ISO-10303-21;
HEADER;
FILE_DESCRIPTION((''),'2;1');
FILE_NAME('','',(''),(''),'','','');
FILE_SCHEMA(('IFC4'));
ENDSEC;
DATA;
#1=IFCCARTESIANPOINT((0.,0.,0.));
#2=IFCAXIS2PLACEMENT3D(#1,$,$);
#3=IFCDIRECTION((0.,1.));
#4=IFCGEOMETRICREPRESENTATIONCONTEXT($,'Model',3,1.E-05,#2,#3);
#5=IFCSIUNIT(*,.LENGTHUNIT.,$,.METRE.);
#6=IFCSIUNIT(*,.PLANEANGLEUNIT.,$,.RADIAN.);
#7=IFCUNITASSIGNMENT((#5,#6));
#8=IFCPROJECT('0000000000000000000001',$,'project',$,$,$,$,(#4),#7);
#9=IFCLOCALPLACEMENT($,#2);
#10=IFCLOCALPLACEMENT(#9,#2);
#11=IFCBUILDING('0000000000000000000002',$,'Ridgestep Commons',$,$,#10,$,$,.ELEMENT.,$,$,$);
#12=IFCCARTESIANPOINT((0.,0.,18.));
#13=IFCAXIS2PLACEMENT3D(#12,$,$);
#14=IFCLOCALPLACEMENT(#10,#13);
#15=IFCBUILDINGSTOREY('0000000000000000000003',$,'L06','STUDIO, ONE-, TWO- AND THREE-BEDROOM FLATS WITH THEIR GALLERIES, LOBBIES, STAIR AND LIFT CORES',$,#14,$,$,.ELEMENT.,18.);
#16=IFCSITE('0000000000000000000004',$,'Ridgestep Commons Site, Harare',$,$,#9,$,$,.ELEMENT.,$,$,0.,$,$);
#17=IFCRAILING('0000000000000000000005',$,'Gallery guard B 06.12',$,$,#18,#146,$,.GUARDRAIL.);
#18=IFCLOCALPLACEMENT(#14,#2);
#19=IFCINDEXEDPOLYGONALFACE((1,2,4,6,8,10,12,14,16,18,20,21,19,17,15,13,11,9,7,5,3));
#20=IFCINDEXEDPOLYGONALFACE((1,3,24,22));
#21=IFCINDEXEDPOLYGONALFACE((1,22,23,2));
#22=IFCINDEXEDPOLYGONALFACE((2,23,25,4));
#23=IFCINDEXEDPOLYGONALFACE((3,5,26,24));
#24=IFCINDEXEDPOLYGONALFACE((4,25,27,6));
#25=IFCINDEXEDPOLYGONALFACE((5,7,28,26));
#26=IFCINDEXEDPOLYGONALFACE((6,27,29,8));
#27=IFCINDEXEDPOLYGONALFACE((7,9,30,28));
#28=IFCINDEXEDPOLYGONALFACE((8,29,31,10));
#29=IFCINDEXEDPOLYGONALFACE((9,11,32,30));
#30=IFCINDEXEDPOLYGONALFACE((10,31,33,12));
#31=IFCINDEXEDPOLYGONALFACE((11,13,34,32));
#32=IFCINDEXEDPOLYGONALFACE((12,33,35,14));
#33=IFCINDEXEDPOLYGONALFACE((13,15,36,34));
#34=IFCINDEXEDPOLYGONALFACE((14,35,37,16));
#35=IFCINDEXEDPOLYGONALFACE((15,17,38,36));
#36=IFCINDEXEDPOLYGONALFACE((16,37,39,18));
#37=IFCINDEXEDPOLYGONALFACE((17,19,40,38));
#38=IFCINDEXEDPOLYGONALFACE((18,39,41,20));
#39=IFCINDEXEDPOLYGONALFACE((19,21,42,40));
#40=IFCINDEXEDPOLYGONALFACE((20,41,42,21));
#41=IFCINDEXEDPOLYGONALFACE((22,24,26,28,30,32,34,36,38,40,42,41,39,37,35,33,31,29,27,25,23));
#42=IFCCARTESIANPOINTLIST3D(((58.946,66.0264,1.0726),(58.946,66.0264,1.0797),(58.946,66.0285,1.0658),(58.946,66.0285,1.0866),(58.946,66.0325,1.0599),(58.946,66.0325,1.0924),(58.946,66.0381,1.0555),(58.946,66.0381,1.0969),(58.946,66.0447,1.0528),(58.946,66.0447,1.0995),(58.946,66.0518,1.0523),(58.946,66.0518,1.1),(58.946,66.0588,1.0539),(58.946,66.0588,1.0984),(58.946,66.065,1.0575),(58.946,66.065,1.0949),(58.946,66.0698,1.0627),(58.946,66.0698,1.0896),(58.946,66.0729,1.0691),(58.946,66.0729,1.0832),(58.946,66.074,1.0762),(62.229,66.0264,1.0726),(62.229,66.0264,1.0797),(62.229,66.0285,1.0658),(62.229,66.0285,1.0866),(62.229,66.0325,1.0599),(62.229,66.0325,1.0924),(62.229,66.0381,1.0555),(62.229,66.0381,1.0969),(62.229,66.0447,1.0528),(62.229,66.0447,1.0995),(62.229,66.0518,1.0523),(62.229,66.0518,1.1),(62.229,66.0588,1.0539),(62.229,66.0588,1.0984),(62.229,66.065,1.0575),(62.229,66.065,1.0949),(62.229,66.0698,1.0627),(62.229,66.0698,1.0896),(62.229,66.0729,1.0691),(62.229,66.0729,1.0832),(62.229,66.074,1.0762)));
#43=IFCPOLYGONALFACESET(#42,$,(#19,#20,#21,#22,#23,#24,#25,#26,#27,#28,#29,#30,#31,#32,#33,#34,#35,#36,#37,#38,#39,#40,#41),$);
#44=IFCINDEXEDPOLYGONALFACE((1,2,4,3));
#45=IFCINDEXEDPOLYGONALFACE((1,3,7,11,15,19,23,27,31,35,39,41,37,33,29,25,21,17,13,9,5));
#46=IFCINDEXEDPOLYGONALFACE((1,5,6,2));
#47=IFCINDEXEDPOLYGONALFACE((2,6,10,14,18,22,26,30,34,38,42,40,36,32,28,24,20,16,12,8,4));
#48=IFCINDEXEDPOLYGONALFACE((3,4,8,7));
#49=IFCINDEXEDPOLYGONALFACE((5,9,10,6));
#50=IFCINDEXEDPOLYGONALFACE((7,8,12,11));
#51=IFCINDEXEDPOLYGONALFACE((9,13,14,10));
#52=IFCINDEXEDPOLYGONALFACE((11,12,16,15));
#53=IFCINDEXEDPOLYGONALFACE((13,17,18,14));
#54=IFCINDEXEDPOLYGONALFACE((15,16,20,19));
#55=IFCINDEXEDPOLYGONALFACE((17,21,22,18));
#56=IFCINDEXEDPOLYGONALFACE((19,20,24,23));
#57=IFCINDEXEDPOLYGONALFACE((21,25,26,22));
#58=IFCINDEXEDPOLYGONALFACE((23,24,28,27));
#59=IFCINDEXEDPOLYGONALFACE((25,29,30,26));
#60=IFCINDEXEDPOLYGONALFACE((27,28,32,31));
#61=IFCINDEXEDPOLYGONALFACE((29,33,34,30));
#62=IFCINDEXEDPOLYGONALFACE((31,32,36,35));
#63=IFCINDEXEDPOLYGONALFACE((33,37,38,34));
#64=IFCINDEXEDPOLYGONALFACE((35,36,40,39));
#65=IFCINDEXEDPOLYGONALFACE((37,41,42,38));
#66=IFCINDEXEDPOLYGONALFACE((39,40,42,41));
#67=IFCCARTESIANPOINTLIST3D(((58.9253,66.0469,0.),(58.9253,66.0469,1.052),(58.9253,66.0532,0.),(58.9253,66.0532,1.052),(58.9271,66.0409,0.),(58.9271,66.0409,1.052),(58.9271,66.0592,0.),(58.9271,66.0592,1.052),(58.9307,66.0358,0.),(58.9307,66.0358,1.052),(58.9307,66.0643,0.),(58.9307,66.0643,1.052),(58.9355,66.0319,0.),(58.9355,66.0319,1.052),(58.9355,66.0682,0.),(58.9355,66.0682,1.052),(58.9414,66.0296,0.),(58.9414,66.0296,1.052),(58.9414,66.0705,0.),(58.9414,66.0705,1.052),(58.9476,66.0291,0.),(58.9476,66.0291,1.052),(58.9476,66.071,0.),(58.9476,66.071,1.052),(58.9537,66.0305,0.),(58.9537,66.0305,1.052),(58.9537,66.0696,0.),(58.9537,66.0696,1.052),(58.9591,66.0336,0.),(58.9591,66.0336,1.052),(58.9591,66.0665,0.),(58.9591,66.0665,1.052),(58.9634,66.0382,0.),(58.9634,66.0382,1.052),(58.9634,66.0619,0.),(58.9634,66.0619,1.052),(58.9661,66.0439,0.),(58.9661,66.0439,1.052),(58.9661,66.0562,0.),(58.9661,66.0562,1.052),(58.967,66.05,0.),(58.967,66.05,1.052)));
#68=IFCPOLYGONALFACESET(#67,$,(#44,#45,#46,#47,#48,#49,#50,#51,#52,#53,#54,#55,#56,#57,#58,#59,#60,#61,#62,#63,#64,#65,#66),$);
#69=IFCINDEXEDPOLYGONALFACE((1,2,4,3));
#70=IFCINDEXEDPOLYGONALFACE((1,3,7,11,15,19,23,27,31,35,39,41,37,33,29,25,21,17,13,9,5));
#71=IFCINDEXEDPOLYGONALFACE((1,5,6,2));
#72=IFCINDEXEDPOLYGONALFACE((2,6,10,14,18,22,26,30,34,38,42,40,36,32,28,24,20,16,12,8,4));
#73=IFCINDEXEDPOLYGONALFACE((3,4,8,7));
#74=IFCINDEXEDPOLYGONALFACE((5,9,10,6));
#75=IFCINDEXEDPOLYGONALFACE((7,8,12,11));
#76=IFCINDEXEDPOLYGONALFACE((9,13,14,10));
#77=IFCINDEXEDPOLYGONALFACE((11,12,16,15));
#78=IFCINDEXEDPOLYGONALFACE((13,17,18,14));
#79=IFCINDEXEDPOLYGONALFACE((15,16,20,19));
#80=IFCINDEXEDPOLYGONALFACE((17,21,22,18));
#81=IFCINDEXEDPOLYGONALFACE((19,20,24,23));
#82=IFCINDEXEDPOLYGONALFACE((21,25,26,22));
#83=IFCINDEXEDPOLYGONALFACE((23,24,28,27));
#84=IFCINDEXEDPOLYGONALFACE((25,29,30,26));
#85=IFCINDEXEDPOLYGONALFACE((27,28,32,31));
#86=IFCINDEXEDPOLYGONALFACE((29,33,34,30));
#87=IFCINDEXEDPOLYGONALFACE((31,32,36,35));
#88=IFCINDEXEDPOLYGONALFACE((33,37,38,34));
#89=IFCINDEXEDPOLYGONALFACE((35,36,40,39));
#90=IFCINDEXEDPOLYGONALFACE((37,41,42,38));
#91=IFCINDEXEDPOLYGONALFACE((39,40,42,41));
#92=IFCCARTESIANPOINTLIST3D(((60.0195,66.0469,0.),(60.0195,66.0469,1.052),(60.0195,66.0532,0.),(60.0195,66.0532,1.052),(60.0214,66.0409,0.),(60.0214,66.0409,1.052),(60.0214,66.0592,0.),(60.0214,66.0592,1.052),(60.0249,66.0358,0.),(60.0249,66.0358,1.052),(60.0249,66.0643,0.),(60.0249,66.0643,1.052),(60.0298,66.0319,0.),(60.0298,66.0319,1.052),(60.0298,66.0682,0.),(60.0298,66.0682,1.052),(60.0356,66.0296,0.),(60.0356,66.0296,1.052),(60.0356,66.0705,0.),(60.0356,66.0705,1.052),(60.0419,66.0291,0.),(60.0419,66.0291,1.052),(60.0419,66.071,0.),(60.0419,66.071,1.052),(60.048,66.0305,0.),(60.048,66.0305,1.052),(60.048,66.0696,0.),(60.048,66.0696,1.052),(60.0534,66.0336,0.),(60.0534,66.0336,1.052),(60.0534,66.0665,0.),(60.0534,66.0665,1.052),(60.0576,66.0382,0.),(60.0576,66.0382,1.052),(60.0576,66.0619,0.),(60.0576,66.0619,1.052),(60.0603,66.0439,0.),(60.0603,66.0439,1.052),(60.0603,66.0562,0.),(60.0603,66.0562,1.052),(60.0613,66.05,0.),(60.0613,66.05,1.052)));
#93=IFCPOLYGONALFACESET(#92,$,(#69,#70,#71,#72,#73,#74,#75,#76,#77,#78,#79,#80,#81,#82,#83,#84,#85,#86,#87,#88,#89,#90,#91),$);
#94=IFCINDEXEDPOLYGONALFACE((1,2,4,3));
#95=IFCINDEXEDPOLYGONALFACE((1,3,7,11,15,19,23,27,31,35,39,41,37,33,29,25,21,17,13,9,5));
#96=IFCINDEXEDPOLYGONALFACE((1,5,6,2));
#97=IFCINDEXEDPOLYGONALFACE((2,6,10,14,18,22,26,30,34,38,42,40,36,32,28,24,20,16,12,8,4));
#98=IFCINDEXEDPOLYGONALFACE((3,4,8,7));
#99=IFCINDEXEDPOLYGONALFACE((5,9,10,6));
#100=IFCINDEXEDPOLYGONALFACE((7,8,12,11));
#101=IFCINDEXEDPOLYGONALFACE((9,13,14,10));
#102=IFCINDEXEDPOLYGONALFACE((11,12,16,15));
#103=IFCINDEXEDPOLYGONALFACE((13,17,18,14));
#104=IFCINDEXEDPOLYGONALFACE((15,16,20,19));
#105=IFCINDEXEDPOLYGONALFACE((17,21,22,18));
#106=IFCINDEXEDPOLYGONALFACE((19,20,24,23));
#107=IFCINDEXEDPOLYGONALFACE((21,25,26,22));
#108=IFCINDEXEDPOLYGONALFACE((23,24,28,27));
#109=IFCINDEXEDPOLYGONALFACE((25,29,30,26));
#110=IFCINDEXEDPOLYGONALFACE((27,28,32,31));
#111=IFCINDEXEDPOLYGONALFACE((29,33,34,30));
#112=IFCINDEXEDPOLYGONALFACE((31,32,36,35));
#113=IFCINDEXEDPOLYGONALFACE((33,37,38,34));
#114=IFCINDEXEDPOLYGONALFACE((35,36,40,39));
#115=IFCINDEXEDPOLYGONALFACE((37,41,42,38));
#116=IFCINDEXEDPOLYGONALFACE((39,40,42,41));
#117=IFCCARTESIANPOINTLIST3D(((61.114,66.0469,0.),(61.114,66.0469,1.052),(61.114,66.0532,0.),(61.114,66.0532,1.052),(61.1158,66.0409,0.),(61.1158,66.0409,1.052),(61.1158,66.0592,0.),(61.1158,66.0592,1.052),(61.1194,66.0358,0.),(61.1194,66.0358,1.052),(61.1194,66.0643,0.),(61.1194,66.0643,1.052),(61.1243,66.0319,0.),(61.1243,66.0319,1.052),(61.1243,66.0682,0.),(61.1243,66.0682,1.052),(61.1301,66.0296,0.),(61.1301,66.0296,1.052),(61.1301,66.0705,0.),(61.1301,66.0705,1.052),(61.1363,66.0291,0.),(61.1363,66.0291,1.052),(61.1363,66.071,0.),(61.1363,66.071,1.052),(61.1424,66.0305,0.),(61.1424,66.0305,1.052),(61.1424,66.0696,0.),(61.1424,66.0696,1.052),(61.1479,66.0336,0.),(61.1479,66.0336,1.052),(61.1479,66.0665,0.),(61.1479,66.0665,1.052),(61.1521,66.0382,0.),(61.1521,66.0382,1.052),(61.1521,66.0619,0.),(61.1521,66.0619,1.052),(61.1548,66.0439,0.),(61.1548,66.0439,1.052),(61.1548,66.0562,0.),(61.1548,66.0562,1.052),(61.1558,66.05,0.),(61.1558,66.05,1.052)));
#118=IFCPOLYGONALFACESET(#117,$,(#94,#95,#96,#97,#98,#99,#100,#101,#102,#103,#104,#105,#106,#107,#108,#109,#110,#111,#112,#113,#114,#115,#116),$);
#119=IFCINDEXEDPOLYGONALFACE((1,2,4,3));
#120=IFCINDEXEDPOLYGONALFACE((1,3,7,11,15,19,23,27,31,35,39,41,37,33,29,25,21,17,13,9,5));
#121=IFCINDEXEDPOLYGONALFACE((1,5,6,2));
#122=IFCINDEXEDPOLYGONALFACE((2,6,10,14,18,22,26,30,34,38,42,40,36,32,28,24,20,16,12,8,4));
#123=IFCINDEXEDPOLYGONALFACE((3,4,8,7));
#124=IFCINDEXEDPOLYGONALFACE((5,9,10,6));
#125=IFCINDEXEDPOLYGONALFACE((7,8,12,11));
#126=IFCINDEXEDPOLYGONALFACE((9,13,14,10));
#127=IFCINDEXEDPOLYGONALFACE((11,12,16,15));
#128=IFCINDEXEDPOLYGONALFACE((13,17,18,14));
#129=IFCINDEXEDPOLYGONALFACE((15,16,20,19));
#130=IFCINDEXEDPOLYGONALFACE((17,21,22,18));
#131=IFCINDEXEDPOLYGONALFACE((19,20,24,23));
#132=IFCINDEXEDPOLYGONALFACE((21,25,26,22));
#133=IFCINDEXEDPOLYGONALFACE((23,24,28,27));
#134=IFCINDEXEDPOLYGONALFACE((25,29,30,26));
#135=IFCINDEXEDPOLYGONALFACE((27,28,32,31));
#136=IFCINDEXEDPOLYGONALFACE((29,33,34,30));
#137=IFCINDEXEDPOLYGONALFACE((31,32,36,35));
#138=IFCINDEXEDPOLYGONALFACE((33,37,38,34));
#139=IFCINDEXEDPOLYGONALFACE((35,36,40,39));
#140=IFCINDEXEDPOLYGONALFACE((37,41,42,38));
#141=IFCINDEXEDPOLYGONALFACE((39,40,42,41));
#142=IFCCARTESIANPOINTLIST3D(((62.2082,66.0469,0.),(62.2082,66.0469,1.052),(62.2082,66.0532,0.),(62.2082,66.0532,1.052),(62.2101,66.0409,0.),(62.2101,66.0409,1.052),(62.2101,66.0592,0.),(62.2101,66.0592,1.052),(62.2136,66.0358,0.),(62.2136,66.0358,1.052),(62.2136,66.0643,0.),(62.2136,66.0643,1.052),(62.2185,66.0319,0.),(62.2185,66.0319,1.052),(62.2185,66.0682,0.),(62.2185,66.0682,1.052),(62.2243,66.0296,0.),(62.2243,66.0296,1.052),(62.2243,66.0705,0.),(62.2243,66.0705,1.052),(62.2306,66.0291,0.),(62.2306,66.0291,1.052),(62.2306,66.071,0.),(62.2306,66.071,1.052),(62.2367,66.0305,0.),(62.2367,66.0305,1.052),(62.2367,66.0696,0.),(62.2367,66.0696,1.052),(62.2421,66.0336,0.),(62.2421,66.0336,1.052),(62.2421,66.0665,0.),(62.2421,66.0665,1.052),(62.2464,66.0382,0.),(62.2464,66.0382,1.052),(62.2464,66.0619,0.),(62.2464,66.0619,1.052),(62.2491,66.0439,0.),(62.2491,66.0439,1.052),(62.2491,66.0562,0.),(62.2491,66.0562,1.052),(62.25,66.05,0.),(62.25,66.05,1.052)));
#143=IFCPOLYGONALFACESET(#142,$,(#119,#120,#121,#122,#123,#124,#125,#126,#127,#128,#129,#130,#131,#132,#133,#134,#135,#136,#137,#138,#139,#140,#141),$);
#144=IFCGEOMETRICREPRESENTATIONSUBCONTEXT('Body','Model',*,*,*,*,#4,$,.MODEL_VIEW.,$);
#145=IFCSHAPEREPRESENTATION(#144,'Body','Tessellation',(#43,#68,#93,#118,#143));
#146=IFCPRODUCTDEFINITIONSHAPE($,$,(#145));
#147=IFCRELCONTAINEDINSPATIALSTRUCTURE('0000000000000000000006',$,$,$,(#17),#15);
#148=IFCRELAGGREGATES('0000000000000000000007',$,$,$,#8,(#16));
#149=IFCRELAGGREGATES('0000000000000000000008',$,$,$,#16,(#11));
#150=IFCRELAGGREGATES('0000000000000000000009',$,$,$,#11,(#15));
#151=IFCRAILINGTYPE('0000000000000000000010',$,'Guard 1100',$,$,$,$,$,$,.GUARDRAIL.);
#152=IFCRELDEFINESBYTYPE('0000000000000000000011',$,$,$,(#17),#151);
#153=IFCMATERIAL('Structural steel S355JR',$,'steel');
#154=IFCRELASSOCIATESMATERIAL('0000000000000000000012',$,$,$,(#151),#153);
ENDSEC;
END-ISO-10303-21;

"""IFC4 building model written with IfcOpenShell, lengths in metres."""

from ifc_helpers import new_model, si_unit, direction, frame, origin, origin_2d, place, context, subcontext, project, spatial, circle, extrude, material, type_object, element, save


model = new_model("IFC4")

# Units and contexts
model_context = context("Model", 3, precision=1e-05, world=origin(), true_north=direction((0.0, 1.0)))
body_context = subcontext(model_context, "Body", "Model", "MODEL_VIEW")
ifc_project = project(units=[si_unit("LENGTHUNIT", "METRE"), si_unit("PLANEANGLEUNIT", "RADIAN")], contexts=[model_context])

# Site, building, storey
site_placement = place(None, origin())
site = spatial("IfcSite", under=ifc_project, at=site_placement, Name="Ridgestep Commons Site, Harare", CompositionType="ELEMENT", RefElevation=0.0)
building_placement = place(site_placement, origin())
building = spatial("IfcBuilding", under=site, at=building_placement, Name="Ridgestep Commons", CompositionType="ELEMENT")
storey_placement = place(building_placement, frame((0.0, 0.0, 18.0)))
storey = spatial("IfcBuildingStorey", under=building, at=storey_placement, Name="L06", Description="STUDIO, ONE-, TWO- AND THREE-BEDROOM FLATS WITH THEIR GALLERIES, LOBBIES, STAIR AND LIFT CORES", CompositionType="ELEMENT", Elevation=18.0)

# Railing
ifc_material_1 = material(Name="Structural steel S355JR", Category="steel")
railing_type = type_object("IfcRailingType", Name="Guard 1100", PredefinedType="GUARDRAIL", material=ifc_material_1)
for number, where, name in (
    (1, (58.946, 66.05, 0.0), "Gallery guard B 06.12"),
):
    element("IfcRailing", number, at=place(storey_placement, frame(where)), inside=storey, type_object=railing_type, Name=name, PredefinedType="GUARDRAIL", context=body_context, shape_type="SweptSolid", body=[
        extrude(circle(Radius=0.0239, at=origin_2d()), frame((0.0, 0.0, 1.0762), z_axis=(1.0, 0.0, 0.0), x_axis=(0.0, 1.0, 0.0)), (0.0, 0.0, 1.0), 3.283),
        extrude(circle(Radius=0.021, at=origin_2d()), origin(), (0.0, 0.0, 1.0), 1.052),
        extrude(circle(Radius=0.021, at=origin_2d()), frame((1.0942, 0.0, 0.0)), (0.0, 0.0, 1.0), 1.052),
        extrude(circle(Radius=0.021, at=origin_2d()), frame((2.1887, 0.0, 0.0)), (0.0, 0.0, 1.0), 1.052),
        extrude(circle(Radius=0.021, at=origin_2d()), frame((3.283, 0.0, 0.0)), (0.0, 0.0, 1.0), 1.052),
    ])

save(model, "model.ifc")
